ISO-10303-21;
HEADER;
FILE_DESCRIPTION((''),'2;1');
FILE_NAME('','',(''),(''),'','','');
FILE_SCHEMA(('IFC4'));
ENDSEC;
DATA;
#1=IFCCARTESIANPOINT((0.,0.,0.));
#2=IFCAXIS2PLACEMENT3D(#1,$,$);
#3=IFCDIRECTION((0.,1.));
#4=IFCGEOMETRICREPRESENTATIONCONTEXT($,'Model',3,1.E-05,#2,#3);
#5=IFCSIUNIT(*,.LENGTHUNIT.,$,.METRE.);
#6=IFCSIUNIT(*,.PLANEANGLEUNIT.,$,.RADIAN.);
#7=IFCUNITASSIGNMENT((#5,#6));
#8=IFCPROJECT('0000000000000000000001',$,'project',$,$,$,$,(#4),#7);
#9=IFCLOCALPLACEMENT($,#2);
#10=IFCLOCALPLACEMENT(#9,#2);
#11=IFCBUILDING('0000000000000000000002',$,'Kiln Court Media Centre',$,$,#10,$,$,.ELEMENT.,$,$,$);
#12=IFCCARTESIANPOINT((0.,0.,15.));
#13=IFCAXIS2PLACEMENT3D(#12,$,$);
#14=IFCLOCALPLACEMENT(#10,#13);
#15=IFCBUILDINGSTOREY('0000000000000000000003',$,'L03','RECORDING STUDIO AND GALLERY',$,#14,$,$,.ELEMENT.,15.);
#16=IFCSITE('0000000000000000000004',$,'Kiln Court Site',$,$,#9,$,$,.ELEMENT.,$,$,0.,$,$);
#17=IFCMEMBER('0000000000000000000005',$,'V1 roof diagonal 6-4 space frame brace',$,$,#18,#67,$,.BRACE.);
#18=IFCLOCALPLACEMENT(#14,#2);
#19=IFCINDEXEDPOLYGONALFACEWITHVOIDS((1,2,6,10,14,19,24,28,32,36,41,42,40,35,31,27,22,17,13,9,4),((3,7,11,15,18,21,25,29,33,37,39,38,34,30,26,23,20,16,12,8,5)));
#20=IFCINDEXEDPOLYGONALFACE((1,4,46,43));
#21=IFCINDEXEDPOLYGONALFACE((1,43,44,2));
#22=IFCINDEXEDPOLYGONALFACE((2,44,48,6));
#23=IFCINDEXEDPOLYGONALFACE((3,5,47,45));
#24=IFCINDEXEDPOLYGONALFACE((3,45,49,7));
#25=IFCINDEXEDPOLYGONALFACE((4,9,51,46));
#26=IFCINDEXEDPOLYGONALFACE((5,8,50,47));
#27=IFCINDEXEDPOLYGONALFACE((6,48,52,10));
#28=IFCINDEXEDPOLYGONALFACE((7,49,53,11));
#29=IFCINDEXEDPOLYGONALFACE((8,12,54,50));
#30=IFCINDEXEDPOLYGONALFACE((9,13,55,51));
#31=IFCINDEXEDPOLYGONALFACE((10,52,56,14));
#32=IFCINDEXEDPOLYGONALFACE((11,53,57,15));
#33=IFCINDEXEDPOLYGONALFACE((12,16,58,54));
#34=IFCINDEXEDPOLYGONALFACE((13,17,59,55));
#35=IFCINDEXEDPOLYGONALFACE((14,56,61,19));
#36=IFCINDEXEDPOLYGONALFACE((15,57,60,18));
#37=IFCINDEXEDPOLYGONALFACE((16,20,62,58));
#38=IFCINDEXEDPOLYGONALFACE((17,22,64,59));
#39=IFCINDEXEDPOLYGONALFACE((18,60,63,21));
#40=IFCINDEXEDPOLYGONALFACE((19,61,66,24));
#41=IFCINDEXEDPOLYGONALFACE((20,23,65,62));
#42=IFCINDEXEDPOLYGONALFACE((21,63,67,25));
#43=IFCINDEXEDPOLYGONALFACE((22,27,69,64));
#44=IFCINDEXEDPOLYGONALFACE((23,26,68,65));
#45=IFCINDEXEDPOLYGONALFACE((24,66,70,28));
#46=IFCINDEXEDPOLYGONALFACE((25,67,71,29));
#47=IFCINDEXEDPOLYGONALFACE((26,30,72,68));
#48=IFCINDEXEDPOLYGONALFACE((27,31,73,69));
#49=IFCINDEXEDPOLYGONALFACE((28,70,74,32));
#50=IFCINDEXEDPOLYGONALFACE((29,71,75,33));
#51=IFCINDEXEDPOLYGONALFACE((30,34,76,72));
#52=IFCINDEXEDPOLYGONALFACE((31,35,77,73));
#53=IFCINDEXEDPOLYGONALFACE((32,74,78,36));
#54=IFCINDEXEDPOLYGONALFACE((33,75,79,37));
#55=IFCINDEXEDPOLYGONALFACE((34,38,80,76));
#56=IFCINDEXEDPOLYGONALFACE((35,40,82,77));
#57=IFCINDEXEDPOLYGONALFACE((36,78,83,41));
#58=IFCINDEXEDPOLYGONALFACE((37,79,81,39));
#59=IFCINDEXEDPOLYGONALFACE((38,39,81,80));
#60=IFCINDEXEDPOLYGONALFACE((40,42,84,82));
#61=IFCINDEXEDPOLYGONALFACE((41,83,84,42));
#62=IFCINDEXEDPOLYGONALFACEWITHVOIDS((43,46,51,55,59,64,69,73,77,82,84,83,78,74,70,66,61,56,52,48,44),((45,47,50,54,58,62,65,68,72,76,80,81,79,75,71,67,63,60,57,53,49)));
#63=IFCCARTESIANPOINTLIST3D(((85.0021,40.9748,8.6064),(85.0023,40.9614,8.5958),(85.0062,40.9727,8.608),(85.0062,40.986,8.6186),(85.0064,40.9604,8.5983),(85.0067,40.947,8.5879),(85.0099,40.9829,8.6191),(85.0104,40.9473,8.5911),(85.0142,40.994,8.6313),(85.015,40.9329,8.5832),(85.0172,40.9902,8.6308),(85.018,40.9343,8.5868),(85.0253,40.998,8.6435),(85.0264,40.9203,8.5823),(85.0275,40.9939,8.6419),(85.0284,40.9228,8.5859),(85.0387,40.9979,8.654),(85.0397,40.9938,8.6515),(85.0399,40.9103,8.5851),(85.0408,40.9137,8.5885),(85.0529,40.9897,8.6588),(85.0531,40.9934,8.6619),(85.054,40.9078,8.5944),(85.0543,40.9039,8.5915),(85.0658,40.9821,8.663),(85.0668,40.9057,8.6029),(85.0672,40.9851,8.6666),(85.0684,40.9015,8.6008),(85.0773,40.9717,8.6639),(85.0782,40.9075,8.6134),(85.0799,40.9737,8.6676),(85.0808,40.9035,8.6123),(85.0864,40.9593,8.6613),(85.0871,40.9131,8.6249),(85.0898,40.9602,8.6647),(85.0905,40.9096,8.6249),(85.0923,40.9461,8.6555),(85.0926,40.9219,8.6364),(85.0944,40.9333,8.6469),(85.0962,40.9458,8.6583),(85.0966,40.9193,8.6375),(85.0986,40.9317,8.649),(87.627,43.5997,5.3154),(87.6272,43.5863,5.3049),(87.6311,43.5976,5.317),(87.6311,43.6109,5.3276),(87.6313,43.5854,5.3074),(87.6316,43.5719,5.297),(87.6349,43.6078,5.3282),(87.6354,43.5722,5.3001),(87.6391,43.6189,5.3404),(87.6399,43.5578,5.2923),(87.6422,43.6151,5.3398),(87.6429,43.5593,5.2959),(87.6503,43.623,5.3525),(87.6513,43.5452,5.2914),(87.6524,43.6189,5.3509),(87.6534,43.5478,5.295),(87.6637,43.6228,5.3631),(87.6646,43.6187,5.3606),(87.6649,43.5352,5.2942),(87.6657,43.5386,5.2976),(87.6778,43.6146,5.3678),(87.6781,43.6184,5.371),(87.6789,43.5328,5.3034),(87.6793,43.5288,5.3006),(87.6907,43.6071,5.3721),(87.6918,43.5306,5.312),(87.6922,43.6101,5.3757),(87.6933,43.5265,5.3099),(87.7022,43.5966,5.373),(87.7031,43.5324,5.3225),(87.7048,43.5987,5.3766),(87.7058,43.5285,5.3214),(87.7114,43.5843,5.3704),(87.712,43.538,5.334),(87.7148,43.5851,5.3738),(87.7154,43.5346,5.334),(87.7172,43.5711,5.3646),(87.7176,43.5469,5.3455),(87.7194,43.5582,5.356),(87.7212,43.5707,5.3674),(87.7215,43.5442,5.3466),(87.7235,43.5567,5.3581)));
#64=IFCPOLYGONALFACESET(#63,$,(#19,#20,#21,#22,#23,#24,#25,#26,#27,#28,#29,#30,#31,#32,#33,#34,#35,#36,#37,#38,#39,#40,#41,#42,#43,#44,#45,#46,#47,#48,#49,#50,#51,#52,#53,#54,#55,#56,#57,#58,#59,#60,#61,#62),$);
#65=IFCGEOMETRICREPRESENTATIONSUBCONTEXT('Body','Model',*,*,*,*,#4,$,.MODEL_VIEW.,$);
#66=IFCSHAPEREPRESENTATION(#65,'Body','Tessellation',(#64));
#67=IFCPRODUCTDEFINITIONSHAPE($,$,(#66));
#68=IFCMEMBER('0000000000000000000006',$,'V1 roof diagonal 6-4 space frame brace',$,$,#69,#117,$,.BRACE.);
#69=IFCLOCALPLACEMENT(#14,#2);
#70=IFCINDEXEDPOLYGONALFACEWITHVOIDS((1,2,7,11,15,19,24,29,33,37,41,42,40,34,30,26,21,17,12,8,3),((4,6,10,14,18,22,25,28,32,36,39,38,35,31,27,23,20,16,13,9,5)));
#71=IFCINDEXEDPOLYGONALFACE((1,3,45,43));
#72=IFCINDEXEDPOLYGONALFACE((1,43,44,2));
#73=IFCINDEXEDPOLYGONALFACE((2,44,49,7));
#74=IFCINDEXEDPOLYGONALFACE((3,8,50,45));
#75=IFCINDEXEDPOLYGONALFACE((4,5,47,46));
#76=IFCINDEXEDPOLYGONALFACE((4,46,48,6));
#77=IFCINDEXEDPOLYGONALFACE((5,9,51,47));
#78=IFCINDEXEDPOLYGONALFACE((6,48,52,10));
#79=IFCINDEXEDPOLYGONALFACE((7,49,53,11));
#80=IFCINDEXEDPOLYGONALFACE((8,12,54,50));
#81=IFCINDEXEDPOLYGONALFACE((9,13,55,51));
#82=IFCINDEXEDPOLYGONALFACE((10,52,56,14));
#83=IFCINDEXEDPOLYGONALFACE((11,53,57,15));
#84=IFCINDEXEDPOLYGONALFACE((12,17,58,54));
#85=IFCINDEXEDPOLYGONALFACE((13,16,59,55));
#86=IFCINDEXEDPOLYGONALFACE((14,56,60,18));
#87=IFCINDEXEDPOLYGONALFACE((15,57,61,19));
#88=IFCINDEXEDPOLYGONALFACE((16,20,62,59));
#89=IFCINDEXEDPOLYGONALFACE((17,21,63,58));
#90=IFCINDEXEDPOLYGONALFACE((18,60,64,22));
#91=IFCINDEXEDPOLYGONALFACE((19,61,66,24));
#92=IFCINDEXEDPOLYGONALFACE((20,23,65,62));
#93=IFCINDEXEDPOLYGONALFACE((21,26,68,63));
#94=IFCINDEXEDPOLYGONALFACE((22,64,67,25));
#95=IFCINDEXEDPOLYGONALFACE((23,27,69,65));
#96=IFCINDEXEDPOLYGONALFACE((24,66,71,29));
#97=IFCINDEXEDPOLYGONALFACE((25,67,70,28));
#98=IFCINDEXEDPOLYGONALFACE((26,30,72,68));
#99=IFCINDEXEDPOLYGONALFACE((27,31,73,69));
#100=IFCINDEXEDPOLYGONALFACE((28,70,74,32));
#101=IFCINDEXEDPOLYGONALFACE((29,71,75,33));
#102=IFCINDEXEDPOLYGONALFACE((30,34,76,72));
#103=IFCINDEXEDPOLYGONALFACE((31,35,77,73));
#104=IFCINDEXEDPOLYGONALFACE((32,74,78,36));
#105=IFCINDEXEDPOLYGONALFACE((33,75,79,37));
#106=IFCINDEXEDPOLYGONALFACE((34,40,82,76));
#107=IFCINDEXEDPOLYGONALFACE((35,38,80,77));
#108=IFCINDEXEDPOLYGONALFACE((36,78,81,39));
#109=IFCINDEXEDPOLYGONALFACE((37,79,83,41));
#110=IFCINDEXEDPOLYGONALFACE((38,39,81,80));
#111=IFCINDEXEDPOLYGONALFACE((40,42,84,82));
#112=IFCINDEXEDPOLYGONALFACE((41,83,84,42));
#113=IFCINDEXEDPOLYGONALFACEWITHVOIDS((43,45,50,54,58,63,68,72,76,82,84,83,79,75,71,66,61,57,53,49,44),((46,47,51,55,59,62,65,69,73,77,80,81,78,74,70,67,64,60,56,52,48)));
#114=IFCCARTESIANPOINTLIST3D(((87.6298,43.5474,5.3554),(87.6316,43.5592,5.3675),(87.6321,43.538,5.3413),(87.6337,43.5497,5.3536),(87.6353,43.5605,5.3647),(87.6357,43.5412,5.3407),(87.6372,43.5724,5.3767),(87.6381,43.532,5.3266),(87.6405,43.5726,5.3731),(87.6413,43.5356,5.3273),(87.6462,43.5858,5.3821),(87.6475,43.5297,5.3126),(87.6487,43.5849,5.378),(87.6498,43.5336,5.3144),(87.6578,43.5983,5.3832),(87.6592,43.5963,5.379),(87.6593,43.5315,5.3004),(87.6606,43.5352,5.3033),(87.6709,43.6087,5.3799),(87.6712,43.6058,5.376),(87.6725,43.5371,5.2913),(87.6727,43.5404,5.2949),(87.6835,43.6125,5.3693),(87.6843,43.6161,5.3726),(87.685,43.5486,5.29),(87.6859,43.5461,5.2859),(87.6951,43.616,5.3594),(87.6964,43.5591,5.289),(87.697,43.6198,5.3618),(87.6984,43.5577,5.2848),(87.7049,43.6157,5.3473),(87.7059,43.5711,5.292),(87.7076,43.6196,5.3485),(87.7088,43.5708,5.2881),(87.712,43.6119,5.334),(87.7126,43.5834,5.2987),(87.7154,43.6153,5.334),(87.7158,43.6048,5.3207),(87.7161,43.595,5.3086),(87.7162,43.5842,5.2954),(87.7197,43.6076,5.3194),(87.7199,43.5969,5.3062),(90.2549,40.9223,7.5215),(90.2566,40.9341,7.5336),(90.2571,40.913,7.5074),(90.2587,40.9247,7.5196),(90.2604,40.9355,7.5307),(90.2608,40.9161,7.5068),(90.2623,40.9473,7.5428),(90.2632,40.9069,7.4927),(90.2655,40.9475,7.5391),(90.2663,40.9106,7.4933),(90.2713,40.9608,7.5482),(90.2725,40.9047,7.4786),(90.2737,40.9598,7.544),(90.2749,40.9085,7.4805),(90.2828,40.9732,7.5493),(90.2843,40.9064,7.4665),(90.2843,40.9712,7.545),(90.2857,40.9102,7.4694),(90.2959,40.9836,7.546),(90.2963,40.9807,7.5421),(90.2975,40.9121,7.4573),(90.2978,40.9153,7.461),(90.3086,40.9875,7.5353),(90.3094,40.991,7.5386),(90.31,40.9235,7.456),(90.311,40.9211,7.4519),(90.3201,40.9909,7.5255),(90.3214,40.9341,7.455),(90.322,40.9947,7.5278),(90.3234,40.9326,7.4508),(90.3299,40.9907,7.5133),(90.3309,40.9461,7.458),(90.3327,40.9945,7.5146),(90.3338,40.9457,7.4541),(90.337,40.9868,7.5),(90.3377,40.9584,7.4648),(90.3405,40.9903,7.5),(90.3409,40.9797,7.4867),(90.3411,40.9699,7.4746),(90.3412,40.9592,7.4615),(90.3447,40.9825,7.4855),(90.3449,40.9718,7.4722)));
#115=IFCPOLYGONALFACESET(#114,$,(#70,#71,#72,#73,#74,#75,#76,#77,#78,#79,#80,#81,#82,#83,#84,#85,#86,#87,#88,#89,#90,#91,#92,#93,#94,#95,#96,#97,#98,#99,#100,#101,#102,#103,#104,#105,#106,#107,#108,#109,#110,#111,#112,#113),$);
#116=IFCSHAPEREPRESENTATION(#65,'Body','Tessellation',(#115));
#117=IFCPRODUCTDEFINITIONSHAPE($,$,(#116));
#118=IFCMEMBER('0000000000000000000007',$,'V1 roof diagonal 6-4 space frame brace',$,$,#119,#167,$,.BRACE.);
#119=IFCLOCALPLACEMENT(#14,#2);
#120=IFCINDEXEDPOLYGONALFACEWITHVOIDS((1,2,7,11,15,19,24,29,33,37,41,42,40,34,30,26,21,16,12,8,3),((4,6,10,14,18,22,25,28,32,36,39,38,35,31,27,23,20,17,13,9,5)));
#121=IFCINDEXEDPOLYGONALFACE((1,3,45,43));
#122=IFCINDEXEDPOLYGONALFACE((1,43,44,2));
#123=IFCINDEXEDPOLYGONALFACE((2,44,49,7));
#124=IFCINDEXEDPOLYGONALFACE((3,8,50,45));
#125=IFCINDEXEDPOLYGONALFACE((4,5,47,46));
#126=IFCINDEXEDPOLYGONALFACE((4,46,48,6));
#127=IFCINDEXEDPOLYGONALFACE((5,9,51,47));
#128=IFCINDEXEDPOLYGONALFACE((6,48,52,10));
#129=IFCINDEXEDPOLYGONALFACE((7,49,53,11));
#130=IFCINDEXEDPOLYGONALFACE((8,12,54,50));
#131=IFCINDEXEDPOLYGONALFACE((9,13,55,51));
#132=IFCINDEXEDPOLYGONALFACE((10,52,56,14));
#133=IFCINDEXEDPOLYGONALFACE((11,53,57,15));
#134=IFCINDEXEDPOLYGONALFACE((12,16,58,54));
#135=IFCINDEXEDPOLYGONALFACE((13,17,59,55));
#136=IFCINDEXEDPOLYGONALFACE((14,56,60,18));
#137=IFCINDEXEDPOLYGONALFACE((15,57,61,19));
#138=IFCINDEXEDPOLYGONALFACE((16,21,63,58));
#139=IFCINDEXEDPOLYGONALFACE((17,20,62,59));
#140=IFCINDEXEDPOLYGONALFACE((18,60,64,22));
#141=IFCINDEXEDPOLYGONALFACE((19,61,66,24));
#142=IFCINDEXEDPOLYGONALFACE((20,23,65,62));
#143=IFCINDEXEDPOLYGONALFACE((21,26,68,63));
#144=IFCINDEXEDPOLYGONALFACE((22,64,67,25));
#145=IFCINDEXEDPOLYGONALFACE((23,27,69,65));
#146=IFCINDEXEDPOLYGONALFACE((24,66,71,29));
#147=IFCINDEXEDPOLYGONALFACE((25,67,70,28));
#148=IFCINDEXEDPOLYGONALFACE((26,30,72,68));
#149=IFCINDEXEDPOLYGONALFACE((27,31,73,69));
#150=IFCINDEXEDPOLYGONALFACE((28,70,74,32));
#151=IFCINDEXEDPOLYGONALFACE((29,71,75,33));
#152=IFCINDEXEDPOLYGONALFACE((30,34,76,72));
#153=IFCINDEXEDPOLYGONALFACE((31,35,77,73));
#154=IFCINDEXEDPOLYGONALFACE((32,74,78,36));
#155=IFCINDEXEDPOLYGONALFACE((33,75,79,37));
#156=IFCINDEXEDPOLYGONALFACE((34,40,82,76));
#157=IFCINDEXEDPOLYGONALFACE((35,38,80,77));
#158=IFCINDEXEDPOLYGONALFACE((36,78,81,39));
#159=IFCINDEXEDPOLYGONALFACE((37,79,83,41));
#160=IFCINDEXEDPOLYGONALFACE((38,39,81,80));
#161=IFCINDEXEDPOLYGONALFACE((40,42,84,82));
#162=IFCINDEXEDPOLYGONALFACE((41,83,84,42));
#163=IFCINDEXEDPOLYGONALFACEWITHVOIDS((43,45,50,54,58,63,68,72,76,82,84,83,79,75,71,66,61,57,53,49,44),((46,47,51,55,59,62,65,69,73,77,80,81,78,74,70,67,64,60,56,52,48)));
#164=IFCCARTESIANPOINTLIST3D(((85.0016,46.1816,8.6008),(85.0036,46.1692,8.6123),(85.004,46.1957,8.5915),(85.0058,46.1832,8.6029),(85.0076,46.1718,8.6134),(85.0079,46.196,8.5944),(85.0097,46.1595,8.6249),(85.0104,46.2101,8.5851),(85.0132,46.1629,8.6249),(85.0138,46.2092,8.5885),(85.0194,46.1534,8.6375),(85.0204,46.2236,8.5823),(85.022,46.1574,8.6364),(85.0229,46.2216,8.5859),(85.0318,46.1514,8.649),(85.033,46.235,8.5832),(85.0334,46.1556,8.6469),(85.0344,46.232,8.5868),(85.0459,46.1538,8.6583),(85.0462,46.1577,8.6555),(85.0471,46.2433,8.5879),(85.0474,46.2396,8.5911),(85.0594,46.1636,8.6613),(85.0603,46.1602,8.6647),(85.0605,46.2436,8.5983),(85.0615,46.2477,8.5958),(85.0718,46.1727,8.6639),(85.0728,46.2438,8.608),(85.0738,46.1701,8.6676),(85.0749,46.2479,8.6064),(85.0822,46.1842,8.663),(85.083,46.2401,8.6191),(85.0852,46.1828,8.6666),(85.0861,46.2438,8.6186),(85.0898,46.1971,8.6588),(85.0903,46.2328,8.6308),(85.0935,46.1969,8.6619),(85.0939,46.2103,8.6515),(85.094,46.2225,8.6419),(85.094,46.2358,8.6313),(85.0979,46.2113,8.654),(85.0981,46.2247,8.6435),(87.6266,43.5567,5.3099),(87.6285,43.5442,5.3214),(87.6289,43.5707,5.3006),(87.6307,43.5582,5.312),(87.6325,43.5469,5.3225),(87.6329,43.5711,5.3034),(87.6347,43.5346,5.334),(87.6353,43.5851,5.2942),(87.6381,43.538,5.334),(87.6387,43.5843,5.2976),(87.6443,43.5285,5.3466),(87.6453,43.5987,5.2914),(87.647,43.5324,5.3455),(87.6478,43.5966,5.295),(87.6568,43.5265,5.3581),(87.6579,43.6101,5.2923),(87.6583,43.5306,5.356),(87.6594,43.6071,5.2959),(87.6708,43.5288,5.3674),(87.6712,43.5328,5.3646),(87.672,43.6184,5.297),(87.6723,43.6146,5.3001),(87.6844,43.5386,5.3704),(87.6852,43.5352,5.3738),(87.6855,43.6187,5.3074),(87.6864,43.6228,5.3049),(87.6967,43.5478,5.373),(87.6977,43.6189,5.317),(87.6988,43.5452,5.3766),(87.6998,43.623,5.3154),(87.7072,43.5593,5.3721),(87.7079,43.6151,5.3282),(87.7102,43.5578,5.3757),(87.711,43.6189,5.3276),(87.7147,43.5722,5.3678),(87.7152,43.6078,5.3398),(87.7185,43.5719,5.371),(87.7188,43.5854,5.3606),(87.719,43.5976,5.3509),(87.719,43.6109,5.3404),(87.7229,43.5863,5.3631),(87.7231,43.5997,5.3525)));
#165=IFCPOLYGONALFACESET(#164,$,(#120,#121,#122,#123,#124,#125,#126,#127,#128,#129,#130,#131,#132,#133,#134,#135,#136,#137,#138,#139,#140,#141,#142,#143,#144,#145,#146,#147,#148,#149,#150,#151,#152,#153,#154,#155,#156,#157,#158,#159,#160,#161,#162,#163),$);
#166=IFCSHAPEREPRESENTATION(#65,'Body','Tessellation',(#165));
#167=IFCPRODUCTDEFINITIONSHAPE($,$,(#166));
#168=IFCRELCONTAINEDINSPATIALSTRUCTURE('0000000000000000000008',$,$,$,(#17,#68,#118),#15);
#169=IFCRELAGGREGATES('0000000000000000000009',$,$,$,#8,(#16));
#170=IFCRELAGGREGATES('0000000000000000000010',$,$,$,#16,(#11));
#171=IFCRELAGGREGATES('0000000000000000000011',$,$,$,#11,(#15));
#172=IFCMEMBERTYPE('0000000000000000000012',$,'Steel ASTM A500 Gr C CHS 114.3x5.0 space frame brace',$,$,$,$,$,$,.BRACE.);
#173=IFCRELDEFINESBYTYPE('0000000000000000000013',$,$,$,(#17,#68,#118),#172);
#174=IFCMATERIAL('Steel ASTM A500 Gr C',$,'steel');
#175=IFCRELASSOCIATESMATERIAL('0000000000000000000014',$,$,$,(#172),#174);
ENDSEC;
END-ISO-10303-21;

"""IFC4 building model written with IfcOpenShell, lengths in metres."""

from ifc_helpers import new_model, si_unit, direction, frame, origin, origin_2d, place, context, subcontext, project, spatial, hollow_circle, extrude, material, material_profile, profile_set, type_object, element, save


model = new_model("IFC4")

# Units and contexts
model_context = context("Model", 3, precision=1e-05, world=origin(), true_north=direction((0.0, 1.0)))
body_context = subcontext(model_context, "Body", "Model", "MODEL_VIEW")
ifc_project = project(units=[si_unit("LENGTHUNIT", "METRE"), si_unit("PLANEANGLEUNIT", "RADIAN")], contexts=[model_context])

# Site, building, storey
site_placement = place(None, origin())
site = spatial("IfcSite", under=ifc_project, at=site_placement, Name="Kiln Court Site", CompositionType="ELEMENT", RefElevation=0.0)
building_placement = place(site_placement, origin())
building = spatial("IfcBuilding", under=site, at=building_placement, Name="Kiln Court Media Centre", CompositionType="ELEMENT")
storey_placement = place(building_placement, frame((0.0, 0.0, 15.0)))
storey = spatial("IfcBuildingStorey", under=building, at=storey_placement, Name="L03", Description="RECORDING STUDIO AND GALLERY", CompositionType="ELEMENT", Elevation=15.0)

# Members
ifc_material_1 = material(Name="Steel ASTM A500 Gr C", Category="steel")
ifc_material_profile_1 = material_profile(ifc_material_1, hollow_circle(Radius=0.0571, WallThickness=0.0049, at=origin_2d()), Name="CHS 114.3x5.0")
ifc_profile_set_1 = profile_set([ifc_material_profile_1], Name="Steel ASTM A500 Gr C")
member_type_1 = type_object("IfcMemberType", Name="Steel ASTM A500 Gr C CHS 114.3x5.0 space frame brace", PredefinedType="BRACE", material=ifc_profile_set_1)
member_1_placement = place(storey_placement, frame((87.675, 43.575, 5.334), z_axis=(-0.529122, -0.529122, 0.663371), x_axis=(0.707107, -0.707107, 0.0)))
element("IfcMember", 1, at=member_1_placement, inside=storey, type_object=member_type_1, Name="V1 roof diagonal 6-4 space frame brace", PredefinedType="BRACE", context=body_context, shape_type="SweptSolid", body=[
    extrude(hollow_circle(Radius=0.0571, WallThickness=0.0049, at=origin_2d()), origin(), (0.0, 0.0, 1.0), 4.9609),
])
member_2_placement = place(storey_placement, frame((87.675, 43.575, 5.334), z_axis=(0.610748, -0.610748, 0.503958), x_axis=(0.707107, 0.707107, 0.0)))
element("IfcMember", 2, at=member_2_placement, inside=storey, type_object=member_type_1, Name="V1 roof diagonal 6-4 space frame brace", PredefinedType="BRACE", context=body_context, shape_type="SweptSolid", body=[
    extrude(hollow_circle(Radius=0.0571, WallThickness=0.0049, at=origin_2d()), origin(), (0.0, 0.0, 1.0), 4.2981),
])
member_3_placement = place(storey_placement, frame((87.675, 43.575, 5.334), z_axis=(-0.529122, 0.529122, 0.663371), x_axis=(-0.707107, -0.707107, 0.0)))
element("IfcMember", 3, at=member_3_placement, inside=storey, type_object=member_type_1, Name="V1 roof diagonal 6-4 space frame brace", PredefinedType="BRACE", context=body_context, shape_type="SweptSolid", body=[
    extrude(hollow_circle(Radius=0.0571, WallThickness=0.0049, at=origin_2d()), origin(), (0.0, 0.0, 1.0), 4.9609),
])

save(model, "model.ifc")
